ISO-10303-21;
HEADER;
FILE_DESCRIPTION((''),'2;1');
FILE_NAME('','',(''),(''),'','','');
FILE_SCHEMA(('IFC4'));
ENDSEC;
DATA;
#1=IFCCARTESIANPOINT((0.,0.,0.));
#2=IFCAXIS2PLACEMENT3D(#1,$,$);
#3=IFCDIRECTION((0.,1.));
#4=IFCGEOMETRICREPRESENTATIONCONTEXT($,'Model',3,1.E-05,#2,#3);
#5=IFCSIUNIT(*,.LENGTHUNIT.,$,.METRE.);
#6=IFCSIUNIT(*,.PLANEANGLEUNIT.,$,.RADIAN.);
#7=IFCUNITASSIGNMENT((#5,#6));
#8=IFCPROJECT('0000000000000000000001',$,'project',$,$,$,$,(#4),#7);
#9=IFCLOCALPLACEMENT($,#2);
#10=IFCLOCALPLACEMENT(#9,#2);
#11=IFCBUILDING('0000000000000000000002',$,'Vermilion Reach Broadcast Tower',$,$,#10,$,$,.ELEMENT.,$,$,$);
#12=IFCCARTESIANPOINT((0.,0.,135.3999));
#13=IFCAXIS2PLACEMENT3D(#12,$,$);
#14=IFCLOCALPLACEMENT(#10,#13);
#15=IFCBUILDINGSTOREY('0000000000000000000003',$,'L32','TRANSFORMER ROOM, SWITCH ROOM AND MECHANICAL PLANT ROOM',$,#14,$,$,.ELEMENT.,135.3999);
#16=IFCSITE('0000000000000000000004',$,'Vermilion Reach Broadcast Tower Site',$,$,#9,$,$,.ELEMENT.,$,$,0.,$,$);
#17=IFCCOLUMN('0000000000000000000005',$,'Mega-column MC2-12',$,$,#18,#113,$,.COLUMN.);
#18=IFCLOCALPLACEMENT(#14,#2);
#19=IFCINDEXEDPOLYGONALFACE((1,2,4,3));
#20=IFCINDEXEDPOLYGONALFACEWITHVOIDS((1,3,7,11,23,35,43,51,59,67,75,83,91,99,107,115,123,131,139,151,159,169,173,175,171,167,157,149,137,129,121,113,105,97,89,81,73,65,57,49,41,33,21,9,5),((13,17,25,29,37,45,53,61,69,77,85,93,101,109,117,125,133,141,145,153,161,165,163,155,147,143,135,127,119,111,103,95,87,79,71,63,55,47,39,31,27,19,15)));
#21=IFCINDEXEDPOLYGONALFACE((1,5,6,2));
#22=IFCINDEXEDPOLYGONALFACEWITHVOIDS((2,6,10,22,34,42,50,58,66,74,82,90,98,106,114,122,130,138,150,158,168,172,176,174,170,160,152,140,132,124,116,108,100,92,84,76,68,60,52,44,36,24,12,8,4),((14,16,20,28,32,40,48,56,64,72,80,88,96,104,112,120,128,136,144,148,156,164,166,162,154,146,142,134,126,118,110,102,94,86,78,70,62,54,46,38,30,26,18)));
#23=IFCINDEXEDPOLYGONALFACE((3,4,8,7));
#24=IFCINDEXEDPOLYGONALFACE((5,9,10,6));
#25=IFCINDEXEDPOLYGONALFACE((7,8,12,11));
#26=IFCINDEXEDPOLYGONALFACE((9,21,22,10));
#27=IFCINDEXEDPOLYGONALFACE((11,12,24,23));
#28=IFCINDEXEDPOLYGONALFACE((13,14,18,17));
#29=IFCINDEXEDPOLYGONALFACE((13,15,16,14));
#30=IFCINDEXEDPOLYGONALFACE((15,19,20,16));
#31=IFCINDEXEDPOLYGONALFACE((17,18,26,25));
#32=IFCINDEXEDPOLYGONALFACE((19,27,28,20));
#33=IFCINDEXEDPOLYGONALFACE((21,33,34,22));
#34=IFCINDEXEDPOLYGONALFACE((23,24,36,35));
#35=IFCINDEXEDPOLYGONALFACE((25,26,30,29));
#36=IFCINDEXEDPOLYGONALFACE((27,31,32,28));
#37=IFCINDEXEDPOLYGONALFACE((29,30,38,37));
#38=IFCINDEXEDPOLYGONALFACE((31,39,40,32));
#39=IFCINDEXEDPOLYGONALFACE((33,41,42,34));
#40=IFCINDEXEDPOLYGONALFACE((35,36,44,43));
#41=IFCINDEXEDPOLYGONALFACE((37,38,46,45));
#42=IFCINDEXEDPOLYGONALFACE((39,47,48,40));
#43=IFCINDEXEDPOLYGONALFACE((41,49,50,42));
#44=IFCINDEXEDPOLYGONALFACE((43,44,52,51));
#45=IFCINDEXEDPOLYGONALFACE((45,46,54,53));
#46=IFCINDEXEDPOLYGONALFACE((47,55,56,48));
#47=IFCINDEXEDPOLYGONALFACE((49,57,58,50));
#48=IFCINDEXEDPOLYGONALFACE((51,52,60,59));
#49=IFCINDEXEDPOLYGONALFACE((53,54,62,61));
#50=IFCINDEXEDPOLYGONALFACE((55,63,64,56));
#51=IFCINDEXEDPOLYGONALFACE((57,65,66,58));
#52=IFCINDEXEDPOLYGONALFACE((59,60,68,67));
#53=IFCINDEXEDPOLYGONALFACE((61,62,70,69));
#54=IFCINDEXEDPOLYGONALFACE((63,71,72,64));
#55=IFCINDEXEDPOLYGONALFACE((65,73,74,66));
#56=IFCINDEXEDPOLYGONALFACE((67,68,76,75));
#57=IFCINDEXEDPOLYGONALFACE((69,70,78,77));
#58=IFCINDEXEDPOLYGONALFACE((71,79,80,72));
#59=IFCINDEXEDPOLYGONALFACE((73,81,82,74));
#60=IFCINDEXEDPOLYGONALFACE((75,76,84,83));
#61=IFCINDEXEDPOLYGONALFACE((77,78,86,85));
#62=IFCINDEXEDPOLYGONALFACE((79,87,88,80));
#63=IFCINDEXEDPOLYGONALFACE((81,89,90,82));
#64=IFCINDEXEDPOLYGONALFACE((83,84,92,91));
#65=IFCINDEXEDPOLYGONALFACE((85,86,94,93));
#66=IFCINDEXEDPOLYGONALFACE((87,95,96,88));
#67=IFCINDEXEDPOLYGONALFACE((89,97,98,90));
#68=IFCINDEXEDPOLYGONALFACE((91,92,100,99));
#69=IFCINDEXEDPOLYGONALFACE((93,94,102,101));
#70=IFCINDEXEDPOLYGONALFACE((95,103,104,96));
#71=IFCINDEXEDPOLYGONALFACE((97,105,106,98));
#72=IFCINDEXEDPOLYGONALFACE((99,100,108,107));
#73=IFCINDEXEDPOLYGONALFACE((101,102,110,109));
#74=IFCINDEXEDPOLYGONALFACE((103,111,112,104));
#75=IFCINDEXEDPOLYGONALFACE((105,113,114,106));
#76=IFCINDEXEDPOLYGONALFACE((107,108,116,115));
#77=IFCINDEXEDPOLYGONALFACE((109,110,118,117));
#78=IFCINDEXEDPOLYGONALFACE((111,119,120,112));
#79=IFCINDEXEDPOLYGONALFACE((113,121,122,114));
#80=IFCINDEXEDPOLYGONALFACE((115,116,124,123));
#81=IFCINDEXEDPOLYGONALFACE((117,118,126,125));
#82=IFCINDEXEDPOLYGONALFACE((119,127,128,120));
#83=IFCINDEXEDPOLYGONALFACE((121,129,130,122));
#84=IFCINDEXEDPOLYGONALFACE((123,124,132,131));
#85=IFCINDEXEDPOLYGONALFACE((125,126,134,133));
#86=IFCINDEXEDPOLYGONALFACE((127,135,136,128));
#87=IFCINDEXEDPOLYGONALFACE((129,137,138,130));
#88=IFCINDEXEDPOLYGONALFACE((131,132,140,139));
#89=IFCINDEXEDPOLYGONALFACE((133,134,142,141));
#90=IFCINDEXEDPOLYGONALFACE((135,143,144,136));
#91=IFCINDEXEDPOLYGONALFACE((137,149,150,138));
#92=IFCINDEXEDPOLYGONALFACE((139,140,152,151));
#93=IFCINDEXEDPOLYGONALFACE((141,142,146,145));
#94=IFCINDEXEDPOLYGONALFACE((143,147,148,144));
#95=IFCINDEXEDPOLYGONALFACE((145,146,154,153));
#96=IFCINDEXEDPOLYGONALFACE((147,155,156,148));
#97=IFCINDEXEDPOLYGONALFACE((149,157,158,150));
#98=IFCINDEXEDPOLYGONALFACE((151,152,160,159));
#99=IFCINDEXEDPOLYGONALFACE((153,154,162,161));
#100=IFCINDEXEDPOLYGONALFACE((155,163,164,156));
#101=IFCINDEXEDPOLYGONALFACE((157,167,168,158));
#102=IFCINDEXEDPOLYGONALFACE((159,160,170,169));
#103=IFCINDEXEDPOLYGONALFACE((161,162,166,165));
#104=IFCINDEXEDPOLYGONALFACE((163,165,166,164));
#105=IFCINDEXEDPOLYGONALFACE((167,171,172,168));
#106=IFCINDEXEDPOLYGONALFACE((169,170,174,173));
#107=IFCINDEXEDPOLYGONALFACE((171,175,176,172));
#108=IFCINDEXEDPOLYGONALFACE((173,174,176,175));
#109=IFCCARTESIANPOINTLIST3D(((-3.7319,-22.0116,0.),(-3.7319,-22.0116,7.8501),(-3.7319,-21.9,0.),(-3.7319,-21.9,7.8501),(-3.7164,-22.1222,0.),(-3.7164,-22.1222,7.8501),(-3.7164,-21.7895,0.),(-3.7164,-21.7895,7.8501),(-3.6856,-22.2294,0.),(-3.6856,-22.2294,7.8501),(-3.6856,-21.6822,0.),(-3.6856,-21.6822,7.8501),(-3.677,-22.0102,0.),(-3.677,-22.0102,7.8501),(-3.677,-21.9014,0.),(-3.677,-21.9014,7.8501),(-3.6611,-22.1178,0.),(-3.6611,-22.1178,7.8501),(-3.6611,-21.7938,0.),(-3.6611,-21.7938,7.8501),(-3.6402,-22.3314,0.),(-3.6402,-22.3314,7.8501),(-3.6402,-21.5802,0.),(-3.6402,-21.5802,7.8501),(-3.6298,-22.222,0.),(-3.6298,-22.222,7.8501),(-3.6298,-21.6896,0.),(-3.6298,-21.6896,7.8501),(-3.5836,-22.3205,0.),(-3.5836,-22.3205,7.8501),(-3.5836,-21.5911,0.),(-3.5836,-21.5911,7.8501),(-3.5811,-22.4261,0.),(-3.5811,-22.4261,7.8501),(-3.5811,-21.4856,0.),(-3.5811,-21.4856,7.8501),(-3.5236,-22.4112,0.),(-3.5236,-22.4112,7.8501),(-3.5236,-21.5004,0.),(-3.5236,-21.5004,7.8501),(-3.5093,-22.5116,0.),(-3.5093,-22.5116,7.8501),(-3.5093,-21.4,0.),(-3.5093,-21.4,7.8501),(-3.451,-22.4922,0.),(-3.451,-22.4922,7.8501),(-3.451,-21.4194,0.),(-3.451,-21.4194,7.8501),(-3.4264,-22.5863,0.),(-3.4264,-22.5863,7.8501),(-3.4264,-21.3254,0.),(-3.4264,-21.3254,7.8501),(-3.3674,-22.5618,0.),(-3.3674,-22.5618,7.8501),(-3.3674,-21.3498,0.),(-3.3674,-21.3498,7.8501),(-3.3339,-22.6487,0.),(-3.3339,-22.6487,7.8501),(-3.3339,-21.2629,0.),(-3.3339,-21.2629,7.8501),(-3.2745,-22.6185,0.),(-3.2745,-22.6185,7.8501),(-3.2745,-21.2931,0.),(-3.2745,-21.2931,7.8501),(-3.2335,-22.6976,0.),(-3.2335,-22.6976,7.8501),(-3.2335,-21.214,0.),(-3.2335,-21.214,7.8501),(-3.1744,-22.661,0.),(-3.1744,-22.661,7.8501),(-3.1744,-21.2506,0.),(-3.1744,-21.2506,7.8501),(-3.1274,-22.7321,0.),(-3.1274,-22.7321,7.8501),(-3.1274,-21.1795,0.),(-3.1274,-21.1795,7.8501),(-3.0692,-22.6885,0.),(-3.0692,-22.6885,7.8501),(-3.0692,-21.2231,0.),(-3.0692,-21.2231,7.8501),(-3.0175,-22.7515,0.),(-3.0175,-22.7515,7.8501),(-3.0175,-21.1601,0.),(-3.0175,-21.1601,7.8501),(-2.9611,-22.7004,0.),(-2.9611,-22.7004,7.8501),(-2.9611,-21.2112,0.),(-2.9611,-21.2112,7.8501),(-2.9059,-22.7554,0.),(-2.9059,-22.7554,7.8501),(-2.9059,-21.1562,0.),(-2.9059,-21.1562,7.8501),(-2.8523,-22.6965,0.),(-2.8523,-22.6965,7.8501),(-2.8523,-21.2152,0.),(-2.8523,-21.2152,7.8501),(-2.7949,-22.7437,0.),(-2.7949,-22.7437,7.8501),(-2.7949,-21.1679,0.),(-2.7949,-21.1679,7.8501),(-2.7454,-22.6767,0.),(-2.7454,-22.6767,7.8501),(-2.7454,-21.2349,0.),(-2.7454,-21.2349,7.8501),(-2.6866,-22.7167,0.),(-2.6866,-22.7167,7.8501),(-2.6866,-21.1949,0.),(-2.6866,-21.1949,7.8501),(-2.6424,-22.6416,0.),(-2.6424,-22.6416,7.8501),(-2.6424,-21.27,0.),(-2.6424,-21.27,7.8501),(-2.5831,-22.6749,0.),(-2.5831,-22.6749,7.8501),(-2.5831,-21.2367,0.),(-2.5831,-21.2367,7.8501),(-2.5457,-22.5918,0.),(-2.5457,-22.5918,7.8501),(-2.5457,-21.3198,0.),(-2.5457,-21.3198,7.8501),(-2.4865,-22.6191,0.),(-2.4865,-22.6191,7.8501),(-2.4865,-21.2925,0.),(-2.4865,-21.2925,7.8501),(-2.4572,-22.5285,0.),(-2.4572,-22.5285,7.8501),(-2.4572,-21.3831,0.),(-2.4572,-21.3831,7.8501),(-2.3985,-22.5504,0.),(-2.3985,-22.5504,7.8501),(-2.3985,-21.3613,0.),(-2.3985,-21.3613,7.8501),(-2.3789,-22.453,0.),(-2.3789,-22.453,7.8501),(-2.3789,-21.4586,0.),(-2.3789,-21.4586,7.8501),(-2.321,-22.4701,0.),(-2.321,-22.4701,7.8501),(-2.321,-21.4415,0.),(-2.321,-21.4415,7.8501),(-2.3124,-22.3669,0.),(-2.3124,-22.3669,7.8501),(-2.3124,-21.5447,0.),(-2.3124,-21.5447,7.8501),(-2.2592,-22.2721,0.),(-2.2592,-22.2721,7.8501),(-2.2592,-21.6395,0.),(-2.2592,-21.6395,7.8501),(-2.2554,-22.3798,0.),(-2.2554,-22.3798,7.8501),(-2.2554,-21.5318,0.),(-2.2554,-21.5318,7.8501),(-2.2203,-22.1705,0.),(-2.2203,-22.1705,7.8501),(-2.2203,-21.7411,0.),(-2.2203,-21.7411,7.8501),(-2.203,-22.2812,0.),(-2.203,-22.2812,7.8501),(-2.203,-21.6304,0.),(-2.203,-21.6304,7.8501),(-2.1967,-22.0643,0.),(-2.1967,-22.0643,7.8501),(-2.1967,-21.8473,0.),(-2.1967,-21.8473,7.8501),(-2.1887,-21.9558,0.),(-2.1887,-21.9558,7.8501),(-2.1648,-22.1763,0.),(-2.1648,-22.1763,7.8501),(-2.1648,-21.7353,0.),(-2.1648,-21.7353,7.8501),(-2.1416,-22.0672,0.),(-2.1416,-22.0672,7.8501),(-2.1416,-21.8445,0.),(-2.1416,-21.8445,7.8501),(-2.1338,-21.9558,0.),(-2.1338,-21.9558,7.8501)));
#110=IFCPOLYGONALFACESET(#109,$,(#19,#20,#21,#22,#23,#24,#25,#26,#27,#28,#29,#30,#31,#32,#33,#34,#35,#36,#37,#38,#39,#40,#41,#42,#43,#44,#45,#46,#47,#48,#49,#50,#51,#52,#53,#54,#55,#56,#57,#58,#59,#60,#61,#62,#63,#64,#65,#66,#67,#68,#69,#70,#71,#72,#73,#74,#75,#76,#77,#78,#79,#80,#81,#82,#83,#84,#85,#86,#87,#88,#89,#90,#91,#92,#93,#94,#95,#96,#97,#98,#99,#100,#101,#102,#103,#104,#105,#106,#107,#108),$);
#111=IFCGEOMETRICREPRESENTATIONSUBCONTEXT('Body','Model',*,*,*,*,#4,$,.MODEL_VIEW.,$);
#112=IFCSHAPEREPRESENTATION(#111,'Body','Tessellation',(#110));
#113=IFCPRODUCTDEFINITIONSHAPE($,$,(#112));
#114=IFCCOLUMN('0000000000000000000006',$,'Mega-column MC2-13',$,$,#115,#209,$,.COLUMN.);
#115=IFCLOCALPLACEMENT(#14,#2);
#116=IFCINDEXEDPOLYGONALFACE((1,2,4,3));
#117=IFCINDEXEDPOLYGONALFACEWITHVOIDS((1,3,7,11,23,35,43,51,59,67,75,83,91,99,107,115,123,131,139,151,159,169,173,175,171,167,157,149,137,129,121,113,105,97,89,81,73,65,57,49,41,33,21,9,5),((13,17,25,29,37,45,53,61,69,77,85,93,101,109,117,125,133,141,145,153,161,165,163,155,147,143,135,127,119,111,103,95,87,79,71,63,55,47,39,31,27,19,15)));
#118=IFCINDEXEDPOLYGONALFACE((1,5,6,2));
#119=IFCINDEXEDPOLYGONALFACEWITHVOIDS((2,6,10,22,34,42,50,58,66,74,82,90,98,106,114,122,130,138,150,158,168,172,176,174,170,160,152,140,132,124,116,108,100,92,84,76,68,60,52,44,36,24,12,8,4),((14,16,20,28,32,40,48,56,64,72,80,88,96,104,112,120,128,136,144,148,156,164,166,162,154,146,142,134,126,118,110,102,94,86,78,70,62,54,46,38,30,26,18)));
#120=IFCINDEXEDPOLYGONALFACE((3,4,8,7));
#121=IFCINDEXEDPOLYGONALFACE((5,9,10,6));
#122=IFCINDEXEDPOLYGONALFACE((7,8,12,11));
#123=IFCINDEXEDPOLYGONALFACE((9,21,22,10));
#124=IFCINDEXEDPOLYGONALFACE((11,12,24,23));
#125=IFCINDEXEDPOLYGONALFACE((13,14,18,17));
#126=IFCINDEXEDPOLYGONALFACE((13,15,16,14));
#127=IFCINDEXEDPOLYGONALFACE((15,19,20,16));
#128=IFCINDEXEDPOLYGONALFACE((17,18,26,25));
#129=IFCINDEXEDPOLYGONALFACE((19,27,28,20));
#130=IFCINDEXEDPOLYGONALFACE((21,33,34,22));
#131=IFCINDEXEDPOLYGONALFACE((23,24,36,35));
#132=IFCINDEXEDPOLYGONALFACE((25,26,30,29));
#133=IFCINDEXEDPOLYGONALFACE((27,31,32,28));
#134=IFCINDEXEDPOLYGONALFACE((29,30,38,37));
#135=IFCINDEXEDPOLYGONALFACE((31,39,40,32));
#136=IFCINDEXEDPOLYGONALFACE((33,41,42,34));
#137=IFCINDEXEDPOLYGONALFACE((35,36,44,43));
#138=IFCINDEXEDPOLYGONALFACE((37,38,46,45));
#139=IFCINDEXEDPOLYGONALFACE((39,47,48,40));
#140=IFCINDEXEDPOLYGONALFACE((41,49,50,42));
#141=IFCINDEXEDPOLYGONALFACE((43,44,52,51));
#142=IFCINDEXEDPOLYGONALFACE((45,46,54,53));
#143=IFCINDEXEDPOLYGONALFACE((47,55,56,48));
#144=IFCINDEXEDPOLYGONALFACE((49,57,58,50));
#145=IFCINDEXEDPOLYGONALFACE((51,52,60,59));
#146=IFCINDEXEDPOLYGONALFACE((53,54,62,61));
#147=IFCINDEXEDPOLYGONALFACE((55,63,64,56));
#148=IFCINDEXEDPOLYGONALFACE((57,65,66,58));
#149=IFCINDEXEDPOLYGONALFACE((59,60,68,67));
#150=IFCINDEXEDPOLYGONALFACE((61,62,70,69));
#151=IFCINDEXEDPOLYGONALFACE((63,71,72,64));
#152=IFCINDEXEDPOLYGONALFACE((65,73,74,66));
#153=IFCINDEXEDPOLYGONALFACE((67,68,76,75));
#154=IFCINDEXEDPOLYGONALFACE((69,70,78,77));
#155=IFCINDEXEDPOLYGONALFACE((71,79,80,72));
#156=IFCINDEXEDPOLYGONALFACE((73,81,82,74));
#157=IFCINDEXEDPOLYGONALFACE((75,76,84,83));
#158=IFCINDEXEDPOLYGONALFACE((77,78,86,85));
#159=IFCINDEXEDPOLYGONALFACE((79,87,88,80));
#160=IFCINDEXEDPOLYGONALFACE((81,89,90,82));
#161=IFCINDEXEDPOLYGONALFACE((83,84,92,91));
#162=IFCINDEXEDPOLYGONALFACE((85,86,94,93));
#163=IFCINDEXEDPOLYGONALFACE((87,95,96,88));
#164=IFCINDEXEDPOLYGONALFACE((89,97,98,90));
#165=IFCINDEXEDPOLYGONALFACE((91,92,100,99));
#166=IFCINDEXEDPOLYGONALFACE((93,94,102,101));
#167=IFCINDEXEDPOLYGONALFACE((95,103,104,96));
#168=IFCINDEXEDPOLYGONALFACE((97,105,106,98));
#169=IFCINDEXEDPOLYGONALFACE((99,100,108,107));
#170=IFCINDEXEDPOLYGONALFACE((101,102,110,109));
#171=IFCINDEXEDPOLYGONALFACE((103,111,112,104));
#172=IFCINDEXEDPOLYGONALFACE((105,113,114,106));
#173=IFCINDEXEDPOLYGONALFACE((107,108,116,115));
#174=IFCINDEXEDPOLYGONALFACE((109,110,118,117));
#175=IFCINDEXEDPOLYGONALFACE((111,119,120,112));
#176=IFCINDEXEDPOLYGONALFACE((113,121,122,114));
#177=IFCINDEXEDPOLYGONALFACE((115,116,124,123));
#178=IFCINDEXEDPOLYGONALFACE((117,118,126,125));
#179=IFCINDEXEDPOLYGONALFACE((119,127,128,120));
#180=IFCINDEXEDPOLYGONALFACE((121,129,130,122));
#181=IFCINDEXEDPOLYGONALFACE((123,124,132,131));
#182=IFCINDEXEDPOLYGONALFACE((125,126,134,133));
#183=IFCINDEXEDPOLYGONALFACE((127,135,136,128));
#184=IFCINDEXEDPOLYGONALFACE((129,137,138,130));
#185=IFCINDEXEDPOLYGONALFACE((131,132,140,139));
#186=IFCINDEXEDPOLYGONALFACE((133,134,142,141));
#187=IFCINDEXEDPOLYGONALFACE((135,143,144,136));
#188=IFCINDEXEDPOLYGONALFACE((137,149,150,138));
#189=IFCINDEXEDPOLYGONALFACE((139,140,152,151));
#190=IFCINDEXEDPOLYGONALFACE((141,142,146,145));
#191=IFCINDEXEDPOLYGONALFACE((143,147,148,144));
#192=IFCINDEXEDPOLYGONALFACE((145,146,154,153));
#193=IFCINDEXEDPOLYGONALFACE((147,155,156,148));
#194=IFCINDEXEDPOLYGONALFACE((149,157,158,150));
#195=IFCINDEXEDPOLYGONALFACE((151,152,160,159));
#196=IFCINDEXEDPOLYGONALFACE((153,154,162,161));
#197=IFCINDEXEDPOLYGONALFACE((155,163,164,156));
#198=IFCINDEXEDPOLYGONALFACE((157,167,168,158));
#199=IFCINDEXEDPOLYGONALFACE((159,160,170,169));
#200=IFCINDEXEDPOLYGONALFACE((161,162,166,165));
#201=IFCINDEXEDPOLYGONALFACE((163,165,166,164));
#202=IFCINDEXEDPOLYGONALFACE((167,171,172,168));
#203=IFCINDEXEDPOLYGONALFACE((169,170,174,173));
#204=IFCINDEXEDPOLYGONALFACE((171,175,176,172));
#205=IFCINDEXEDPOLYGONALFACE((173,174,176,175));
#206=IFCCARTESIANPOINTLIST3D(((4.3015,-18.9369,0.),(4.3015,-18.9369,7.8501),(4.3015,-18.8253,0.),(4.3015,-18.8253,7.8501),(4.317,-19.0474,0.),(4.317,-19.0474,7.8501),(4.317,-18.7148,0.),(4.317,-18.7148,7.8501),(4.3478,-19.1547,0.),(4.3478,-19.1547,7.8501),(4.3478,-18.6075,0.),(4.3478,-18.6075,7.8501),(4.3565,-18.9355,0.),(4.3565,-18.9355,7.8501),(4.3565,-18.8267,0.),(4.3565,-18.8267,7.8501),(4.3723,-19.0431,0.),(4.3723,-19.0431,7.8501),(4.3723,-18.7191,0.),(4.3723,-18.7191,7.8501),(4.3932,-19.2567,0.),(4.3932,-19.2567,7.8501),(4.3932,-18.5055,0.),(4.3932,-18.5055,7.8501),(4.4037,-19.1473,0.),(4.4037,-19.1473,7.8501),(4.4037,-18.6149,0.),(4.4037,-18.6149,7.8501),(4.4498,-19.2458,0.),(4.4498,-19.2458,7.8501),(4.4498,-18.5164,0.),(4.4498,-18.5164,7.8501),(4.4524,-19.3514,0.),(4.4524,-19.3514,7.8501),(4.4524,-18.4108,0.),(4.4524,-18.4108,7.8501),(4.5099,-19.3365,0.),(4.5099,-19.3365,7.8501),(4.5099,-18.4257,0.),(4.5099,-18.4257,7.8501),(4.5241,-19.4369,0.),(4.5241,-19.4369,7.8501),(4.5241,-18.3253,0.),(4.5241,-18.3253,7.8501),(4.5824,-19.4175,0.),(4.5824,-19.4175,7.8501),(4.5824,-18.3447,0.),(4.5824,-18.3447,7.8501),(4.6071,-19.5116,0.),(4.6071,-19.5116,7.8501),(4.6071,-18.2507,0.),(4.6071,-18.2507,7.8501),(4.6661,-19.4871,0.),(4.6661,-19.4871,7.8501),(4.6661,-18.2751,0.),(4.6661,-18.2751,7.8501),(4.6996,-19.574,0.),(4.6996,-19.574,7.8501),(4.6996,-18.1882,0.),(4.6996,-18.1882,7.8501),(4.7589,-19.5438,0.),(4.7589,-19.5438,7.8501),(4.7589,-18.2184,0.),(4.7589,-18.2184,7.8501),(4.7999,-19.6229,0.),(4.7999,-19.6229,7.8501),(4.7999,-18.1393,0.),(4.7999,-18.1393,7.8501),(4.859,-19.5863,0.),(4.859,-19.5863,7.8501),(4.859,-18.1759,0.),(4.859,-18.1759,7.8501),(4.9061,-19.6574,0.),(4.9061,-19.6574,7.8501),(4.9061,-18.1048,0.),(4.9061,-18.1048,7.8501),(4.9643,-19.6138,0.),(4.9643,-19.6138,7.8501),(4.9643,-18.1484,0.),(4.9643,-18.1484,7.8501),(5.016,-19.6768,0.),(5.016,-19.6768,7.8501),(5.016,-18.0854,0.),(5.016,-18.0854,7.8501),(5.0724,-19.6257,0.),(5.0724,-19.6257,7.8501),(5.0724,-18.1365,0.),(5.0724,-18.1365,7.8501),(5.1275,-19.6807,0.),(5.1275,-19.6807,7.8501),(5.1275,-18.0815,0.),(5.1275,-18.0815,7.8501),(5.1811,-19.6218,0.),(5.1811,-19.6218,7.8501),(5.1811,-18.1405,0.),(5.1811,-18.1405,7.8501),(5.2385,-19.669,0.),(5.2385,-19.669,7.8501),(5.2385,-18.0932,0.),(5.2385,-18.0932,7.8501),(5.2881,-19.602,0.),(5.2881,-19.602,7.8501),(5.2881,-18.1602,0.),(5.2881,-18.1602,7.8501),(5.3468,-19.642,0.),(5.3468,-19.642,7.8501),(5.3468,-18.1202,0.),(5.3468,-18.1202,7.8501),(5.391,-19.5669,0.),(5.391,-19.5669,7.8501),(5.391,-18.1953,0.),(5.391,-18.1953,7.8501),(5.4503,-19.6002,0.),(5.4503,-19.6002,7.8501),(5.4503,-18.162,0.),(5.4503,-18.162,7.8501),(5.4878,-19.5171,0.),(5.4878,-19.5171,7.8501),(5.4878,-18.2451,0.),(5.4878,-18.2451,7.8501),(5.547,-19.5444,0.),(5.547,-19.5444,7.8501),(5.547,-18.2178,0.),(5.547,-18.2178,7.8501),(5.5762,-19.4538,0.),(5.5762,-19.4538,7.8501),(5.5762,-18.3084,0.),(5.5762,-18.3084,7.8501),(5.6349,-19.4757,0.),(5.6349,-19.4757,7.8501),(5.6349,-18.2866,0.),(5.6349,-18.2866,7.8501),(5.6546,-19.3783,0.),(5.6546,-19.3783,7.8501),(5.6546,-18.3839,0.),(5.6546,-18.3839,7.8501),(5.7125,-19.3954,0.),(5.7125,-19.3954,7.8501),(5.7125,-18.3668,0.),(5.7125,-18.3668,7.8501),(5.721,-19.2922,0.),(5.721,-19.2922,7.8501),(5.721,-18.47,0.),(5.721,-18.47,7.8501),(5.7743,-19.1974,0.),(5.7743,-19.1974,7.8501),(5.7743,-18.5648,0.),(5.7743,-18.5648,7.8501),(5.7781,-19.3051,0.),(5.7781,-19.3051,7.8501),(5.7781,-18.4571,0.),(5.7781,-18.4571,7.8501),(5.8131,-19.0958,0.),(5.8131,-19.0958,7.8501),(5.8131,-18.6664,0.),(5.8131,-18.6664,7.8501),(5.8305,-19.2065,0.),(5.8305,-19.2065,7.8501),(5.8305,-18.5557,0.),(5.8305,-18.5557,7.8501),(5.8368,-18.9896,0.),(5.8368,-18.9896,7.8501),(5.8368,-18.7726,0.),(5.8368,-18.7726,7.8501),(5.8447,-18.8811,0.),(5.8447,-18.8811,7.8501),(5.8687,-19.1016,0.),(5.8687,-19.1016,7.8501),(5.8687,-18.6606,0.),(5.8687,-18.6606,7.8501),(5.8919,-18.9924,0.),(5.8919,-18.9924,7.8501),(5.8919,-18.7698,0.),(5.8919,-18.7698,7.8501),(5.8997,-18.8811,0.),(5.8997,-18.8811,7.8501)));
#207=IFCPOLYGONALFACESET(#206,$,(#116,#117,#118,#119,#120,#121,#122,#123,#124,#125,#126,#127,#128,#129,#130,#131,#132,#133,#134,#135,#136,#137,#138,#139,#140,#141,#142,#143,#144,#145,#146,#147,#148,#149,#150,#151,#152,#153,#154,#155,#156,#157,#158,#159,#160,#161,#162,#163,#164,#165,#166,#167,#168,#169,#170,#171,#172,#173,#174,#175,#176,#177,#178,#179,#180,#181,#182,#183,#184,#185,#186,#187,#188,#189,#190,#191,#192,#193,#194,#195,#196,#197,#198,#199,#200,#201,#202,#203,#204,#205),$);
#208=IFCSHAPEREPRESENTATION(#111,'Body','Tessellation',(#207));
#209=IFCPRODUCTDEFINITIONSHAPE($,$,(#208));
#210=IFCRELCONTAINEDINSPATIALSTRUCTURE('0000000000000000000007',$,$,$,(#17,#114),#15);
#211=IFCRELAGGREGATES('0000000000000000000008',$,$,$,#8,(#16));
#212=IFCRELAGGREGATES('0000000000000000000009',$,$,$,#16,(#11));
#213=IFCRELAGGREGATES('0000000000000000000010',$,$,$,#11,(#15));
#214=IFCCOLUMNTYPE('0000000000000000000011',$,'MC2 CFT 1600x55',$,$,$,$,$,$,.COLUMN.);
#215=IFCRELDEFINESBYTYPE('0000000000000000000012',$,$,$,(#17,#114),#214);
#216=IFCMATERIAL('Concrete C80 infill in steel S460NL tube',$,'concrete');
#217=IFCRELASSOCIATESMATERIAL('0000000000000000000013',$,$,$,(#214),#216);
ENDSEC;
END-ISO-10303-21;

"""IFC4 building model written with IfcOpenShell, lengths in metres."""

from ifc_helpers import new_model, si_unit, direction, frame, origin, origin_2d, place, context, subcontext, project, spatial, hollow_circle, extrude, material, material_profile, profile_set, type_object, element, save


model = new_model("IFC4")

# Units and contexts
model_context = context("Model", 3, precision=1e-05, world=origin(), true_north=direction((0.0, 1.0)))
body_context = subcontext(model_context, "Body", "Model", "MODEL_VIEW")
ifc_project = project(units=[si_unit("LENGTHUNIT", "METRE"), si_unit("PLANEANGLEUNIT", "RADIAN")], contexts=[model_context])

# Site, building, storey
site_placement = place(None, origin())
site = spatial("IfcSite", under=ifc_project, at=site_placement, Name="Vermilion Reach Broadcast Tower Site", CompositionType="ELEMENT", RefElevation=0.0)
building_placement = place(site_placement, origin())
building = spatial("IfcBuilding", under=site, at=building_placement, Name="Vermilion Reach Broadcast Tower", CompositionType="ELEMENT")
storey_placement = place(building_placement, frame((0.0, 0.0, 135.3999)))
storey = spatial("IfcBuildingStorey", under=building, at=storey_placement, Name="L32", Description="TRANSFORMER ROOM, SWITCH ROOM AND MECHANICAL PLANT ROOM", CompositionType="ELEMENT", Elevation=135.3999)

# Columns
ifc_material_1 = material(Name="Concrete C80 infill in steel S460NL tube", Category="concrete")
ifc_material_profile_1 = material_profile(ifc_material_1, hollow_circle(Radius=0.8, WallThickness=0.0549, at=origin_2d()), Name="Concrete C80 infill in steel S460NL tube CFT 1600x55")
ifc_profile_set_1 = profile_set([ifc_material_profile_1], Name="Concrete C80 infill in steel S460NL tube")
column_type = type_object("IfcColumnType", Name="MC2 CFT 1600x55", PredefinedType="COLUMN", material=ifc_profile_set_1)
for number, where, z_axis, x_axis, name in (
    (1, (-2.9338, -21.9558, 0.0), (0.0, 0.0, 1.0), (1.0, 0.0, 0.0), "Mega-column MC2-12"),
    (2, (5.0996, -18.8811, 0.0), (0.0, 0.0, 1.0), (1.0, 0.0, 0.0), "Mega-column MC2-13"),
):
    element("IfcColumn", number, at=place(storey_placement, frame(where, z_axis=z_axis, x_axis=x_axis)), inside=storey, type_object=column_type, Name=name, PredefinedType="COLUMN", context=body_context, shape_type="SweptSolid", body=[
        extrude(hollow_circle(Radius=0.8, WallThickness=0.0549, at=origin_2d()), origin(), (0.0, 0.0, 1.0), 7.8501),
    ])

save(model, "model.ifc")
